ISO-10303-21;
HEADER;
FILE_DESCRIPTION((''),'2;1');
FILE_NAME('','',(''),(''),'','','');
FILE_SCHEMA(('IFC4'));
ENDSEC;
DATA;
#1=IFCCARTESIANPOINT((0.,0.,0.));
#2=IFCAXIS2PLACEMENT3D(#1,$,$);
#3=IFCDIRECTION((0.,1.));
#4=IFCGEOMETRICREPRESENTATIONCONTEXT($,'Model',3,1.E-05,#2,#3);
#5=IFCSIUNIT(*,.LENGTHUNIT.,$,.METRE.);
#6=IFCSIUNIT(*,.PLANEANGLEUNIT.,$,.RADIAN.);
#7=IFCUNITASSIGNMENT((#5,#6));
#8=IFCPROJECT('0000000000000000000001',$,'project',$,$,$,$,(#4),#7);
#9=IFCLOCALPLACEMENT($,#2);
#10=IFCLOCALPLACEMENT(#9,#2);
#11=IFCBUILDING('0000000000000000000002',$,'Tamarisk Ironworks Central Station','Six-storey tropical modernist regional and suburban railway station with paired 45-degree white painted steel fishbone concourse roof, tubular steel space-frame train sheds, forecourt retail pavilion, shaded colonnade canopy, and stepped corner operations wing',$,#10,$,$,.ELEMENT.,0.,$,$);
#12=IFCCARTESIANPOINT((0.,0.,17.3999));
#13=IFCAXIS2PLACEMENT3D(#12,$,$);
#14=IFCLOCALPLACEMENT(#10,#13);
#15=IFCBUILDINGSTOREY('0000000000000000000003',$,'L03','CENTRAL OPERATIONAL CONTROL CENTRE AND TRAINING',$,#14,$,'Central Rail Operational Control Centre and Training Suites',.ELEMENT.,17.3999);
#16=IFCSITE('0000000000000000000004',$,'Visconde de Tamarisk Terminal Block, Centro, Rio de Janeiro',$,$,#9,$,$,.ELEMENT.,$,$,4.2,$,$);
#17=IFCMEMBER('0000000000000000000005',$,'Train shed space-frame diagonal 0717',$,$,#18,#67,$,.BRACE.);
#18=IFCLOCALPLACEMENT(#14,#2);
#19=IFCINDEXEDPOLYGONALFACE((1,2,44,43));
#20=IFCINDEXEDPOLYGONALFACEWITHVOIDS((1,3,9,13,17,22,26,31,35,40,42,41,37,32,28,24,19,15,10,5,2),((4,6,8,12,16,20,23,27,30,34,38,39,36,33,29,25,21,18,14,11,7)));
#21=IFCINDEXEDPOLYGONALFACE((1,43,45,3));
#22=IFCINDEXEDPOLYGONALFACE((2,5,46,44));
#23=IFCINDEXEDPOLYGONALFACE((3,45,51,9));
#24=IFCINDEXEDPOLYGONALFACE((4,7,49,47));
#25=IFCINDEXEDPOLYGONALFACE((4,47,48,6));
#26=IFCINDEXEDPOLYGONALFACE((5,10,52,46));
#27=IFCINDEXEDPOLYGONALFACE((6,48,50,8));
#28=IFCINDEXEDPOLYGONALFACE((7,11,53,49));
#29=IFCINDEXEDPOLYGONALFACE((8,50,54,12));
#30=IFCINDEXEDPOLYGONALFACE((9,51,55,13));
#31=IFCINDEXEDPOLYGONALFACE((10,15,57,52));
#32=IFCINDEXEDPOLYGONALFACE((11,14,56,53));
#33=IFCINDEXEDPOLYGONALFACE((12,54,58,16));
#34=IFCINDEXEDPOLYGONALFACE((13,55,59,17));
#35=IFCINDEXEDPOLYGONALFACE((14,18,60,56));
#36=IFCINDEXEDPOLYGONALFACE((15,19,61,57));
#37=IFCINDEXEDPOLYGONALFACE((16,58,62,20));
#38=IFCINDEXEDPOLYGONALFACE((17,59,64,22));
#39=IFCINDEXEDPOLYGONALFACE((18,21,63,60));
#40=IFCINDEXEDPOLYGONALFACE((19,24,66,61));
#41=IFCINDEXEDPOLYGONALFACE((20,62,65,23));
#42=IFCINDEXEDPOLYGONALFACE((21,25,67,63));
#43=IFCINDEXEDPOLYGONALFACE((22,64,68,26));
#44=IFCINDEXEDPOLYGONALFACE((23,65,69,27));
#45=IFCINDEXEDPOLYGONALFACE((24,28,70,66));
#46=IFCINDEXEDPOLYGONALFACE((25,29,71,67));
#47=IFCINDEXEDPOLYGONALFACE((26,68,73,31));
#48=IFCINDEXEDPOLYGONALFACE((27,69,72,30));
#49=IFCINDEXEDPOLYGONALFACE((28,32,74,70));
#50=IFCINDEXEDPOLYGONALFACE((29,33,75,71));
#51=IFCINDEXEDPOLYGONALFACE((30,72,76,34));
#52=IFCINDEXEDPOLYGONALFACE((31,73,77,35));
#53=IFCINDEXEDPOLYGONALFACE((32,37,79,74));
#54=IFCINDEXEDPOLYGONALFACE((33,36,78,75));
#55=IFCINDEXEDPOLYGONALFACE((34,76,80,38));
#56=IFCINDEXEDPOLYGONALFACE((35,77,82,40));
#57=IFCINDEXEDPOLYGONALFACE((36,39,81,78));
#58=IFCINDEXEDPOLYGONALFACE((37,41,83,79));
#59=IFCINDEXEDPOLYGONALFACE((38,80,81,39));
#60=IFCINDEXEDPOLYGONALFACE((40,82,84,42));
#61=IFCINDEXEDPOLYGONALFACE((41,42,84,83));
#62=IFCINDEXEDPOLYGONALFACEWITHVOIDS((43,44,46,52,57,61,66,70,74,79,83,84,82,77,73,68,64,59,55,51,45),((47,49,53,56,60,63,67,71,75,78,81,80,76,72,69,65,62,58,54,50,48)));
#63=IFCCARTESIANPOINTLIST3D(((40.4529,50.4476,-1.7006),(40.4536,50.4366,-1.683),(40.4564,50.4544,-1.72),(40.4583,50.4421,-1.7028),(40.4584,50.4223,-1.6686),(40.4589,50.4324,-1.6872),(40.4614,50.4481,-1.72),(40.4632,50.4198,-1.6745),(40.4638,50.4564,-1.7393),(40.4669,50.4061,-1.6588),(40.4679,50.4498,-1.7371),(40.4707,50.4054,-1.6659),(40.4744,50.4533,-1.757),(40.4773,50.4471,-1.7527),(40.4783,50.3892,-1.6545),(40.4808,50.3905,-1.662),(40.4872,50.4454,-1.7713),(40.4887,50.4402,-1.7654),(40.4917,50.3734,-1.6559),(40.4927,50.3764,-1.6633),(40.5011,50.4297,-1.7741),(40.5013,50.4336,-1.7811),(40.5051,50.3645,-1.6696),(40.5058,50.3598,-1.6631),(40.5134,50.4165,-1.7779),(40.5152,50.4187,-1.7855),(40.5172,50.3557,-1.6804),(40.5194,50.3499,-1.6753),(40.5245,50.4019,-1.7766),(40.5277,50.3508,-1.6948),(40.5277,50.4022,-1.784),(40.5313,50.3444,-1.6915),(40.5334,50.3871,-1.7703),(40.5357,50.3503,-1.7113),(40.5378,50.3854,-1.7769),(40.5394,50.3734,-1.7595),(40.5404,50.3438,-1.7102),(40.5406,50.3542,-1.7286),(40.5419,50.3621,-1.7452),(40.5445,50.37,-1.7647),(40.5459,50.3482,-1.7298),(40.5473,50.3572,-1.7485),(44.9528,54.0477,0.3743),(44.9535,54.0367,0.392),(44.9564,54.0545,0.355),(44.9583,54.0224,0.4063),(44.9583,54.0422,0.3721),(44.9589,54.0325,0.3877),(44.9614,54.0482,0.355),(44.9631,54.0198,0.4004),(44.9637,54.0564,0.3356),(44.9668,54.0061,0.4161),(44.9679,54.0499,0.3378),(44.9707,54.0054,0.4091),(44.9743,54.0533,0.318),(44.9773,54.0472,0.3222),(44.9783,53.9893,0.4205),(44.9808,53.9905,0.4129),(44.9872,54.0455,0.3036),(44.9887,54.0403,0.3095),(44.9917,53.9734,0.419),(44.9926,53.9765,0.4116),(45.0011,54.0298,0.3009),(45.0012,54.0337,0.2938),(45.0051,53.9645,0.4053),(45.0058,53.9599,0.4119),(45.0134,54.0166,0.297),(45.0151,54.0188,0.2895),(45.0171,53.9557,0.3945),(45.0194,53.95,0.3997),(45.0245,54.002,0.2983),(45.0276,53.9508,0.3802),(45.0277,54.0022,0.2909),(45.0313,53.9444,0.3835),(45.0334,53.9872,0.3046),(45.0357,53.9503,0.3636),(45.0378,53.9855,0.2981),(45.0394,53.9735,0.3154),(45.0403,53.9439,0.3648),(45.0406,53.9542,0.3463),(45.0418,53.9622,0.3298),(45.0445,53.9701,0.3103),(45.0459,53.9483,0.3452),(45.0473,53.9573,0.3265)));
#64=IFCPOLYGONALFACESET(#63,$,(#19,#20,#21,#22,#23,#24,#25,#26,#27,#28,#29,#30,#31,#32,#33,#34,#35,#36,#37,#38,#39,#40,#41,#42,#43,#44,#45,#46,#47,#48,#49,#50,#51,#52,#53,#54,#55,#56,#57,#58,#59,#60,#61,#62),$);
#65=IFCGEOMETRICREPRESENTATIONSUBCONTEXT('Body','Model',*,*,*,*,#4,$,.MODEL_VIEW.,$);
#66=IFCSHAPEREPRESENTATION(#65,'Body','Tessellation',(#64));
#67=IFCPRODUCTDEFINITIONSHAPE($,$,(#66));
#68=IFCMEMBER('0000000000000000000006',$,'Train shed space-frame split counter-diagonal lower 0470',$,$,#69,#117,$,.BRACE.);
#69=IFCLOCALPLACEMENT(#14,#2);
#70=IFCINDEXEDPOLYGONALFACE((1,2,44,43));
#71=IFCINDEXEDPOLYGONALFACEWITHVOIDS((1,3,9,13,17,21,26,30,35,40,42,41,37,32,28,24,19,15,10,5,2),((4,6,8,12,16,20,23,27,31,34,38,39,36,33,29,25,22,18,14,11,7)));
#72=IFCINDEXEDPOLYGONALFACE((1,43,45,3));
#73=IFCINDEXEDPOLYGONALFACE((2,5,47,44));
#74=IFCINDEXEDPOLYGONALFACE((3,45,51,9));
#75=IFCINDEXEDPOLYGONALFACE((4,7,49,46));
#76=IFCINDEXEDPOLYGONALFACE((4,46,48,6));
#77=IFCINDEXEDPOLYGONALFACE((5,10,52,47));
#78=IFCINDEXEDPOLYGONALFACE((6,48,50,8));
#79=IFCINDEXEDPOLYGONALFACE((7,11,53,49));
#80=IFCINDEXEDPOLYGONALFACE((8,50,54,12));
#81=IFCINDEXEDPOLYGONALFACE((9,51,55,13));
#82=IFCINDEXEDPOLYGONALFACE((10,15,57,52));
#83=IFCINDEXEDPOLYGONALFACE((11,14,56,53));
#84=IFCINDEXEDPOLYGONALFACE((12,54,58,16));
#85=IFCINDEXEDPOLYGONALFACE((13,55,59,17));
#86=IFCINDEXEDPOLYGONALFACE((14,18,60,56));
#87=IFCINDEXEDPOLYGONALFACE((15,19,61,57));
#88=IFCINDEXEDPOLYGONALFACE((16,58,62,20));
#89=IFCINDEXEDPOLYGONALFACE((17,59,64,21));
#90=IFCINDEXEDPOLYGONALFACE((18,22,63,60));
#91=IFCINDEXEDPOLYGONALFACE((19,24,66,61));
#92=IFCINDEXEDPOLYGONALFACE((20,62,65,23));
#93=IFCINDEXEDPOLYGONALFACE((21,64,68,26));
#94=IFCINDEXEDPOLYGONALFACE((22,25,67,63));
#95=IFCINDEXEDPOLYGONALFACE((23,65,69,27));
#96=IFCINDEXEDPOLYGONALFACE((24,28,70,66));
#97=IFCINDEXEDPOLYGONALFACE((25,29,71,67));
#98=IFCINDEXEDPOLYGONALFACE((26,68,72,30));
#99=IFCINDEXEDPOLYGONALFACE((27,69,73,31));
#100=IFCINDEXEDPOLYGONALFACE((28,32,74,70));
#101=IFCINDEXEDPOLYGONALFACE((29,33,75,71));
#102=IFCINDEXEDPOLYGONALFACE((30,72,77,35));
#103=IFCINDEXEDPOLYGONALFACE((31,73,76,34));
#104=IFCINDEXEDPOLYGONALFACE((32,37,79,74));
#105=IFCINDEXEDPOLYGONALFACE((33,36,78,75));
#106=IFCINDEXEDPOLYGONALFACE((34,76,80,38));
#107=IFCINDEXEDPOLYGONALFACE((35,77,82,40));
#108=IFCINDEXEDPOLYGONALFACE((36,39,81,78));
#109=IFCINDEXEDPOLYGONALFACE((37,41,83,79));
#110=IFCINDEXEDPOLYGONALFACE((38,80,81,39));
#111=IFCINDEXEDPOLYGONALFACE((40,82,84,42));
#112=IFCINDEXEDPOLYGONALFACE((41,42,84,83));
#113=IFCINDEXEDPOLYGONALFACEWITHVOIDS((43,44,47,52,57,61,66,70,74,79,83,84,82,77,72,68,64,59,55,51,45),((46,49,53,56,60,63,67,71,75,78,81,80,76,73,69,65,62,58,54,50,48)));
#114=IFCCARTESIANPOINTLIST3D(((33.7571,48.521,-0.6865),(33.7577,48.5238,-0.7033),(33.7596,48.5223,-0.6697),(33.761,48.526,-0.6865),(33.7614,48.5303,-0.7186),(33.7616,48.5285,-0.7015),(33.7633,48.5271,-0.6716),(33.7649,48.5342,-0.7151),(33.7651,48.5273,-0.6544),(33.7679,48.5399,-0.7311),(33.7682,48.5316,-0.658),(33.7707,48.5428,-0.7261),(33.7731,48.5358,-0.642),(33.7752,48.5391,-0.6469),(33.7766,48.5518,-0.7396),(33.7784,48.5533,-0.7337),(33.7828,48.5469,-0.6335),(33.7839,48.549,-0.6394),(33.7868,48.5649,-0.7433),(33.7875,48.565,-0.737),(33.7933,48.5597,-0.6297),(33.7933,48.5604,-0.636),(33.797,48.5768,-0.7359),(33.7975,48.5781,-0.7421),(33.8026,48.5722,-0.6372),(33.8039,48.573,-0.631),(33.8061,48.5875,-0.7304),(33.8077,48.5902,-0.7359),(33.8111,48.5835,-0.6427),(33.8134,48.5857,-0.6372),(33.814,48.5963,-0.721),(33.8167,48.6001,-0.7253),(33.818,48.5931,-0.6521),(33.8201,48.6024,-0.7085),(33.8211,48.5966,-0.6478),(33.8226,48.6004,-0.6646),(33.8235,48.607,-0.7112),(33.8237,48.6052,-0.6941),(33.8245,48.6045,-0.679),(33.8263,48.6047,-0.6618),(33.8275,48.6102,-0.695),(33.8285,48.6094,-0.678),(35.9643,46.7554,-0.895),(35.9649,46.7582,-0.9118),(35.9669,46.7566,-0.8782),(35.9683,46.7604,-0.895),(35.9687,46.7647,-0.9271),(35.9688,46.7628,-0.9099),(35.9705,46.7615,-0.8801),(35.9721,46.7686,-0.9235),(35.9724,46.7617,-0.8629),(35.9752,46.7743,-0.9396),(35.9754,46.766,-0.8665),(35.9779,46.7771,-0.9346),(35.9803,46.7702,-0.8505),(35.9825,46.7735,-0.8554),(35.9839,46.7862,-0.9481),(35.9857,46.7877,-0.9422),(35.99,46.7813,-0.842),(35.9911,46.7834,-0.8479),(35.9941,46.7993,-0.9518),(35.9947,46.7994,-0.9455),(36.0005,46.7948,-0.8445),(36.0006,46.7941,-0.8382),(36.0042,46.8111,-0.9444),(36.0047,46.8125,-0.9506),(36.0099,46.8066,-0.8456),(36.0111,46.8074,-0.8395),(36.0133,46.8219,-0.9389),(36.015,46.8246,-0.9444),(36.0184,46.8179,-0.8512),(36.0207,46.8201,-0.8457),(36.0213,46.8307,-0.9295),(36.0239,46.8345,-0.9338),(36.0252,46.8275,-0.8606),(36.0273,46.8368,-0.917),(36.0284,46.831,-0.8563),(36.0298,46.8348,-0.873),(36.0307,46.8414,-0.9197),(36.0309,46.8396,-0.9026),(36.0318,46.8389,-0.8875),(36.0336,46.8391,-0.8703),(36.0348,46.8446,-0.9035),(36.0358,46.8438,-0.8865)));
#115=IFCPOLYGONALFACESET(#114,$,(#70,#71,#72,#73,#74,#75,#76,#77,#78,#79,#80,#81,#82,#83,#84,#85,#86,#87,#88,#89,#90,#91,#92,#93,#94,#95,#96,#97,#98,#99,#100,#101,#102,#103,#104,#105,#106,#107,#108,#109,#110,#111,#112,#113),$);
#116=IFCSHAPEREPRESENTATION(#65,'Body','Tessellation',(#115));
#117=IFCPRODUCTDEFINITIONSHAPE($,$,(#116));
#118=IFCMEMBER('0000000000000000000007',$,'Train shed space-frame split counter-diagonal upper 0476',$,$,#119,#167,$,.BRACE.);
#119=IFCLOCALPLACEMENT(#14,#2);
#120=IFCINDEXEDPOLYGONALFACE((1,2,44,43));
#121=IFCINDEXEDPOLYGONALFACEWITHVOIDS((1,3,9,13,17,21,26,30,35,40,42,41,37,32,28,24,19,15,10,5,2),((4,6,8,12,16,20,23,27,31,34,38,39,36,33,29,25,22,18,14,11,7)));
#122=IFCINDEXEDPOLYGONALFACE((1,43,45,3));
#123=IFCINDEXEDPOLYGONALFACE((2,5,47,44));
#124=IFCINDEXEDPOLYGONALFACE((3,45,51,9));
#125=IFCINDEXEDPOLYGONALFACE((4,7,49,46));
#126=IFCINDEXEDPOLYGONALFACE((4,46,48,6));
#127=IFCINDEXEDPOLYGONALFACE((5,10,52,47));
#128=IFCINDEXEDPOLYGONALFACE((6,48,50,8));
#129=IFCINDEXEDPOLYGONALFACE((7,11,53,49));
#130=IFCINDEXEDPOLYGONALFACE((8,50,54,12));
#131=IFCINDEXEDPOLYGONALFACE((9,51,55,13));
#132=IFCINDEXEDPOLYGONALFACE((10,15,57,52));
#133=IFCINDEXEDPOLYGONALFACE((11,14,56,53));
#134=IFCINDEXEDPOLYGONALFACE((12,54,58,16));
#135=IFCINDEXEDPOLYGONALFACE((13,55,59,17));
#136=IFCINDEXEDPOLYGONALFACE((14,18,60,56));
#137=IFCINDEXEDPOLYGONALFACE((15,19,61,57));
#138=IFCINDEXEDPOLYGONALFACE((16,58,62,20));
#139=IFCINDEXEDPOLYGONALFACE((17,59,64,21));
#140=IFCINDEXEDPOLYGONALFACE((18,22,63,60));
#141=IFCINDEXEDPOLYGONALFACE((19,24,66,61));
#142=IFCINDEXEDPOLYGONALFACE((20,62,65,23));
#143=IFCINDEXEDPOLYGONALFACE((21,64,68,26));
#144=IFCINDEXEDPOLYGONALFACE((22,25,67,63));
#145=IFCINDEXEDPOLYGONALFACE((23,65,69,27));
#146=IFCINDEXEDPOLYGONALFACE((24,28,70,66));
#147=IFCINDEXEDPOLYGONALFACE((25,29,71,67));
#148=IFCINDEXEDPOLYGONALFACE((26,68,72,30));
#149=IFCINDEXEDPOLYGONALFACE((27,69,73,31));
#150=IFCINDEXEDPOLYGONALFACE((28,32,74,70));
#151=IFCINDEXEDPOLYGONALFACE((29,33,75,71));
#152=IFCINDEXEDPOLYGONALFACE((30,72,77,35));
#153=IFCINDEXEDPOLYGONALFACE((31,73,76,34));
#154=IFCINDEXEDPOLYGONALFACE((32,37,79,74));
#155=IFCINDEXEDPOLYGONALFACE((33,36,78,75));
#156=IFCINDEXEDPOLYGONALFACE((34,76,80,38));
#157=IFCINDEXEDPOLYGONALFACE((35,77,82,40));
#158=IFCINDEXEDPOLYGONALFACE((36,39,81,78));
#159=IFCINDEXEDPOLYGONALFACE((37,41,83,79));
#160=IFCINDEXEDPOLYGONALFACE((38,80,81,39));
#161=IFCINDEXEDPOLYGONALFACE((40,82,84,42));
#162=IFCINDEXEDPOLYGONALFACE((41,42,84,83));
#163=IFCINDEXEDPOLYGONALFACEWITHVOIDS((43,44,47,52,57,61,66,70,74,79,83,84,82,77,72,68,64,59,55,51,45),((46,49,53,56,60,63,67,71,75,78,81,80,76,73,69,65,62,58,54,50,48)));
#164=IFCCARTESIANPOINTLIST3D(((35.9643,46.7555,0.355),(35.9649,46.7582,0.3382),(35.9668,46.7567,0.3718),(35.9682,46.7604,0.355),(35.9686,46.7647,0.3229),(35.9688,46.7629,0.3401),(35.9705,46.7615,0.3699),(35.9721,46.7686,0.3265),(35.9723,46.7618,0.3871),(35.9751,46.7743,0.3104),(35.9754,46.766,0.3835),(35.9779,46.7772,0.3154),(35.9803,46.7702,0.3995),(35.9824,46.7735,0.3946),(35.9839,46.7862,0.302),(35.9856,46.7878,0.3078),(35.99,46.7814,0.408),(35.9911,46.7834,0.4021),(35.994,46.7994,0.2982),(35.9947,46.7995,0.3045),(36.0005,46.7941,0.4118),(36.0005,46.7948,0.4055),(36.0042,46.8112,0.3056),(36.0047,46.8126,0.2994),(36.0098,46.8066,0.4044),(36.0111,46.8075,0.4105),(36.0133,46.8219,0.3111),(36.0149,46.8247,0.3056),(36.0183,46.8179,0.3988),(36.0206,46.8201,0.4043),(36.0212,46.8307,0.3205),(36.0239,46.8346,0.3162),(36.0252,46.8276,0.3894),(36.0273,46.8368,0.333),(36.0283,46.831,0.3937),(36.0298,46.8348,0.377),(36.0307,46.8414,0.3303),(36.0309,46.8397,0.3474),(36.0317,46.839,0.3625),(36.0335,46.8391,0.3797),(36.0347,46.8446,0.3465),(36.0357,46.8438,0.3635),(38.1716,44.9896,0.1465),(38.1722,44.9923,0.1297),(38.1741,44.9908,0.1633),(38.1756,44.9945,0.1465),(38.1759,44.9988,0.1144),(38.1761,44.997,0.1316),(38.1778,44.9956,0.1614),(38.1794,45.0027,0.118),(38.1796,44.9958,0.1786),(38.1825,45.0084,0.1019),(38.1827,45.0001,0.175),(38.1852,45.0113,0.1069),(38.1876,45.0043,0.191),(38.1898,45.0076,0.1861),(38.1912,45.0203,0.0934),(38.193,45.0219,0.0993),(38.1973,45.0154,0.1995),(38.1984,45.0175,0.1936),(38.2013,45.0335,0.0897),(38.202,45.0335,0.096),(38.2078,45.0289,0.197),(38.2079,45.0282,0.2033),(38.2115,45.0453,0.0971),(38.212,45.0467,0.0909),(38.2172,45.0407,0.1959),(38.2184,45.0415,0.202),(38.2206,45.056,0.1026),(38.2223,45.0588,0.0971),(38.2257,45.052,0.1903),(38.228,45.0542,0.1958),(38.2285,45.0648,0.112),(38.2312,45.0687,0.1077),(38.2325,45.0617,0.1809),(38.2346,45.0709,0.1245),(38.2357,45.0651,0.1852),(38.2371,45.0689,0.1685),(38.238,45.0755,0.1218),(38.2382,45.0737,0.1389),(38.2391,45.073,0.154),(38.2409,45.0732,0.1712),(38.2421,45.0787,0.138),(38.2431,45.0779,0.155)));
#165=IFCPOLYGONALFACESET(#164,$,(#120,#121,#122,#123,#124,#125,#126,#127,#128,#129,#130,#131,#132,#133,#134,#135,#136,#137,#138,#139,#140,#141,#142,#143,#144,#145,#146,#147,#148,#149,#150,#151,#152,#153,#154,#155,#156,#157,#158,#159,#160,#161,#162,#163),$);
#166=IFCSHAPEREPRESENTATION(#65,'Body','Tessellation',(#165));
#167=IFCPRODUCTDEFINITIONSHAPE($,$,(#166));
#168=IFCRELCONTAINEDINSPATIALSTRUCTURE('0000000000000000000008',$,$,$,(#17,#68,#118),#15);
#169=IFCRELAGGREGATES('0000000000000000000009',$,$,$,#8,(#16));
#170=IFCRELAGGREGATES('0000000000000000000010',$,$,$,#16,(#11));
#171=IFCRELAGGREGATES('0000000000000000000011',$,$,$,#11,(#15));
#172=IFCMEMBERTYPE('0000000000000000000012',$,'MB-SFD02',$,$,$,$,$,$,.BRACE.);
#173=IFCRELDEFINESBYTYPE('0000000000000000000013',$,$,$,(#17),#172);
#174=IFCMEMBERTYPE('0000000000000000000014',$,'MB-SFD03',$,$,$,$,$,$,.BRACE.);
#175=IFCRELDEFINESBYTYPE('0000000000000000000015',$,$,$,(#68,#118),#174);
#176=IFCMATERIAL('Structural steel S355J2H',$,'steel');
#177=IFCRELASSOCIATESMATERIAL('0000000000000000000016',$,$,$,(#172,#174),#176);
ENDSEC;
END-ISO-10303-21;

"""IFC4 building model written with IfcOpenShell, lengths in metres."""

from ifc_helpers import new_model, si_unit, direction, frame, origin, origin_2d, place, context, subcontext, project, spatial, hollow_circle, extrude, material, material_profile, profile_set, type_object, element, save


model = new_model("IFC4")

# Units and contexts
model_context = context("Model", 3, precision=1e-05, world=origin(), true_north=direction((0.0, 1.0)))
body_context = subcontext(model_context, "Body", "Model", "MODEL_VIEW")
ifc_project = project(units=[si_unit("LENGTHUNIT", "METRE"), si_unit("PLANEANGLEUNIT", "RADIAN")], contexts=[model_context])

# Site, building, storey
site_placement = place(None, origin())
site = spatial("IfcSite", under=ifc_project, at=site_placement, Name="Visconde de Tamarisk Terminal Block, Centro, Rio de Janeiro", CompositionType="ELEMENT", RefElevation=4.2)
building_placement = place(site_placement, origin())
building = spatial("IfcBuilding", under=site, at=building_placement, Name="Tamarisk Ironworks Central Station", Description="Six-storey tropical modernist regional and suburban railway station with paired 45-degree white painted steel fishbone concourse roof, tubular steel space-frame train sheds, forecourt retail pavilion, shaded colonnade canopy, and stepped corner operations wing", CompositionType="ELEMENT", ElevationOfRefHeight=0.0)
storey_placement = place(building_placement, frame((0.0, 0.0, 17.3999)))
storey = spatial("IfcBuildingStorey", under=building, at=storey_placement, Name="L03", Description="CENTRAL OPERATIONAL CONTROL CENTRE AND TRAINING", LongName="Central Rail Operational Control Centre and Training Suites", CompositionType="ELEMENT", Elevation=17.3999)

# Members
ifc_material_1 = material(Name="Structural steel S355J2H", Category="steel")
ifc_material_profile_1 = material_profile(ifc_material_1, hollow_circle(Radius=0.0698, WallThickness=0.0081, at=origin_2d()), Name="CHS 139.7x8")
ifc_profile_set_1 = profile_set([ifc_material_profile_1], Name="Structural steel S355J2H")
member_type_1 = type_object("IfcMemberType", Name="MB-SFD02", PredefinedType="BRACE", material=ifc_profile_set_1)
member_1_placement = place(storey_placement, frame((40.5, 50.3999, -1.72), z_axis=(0.734689, 0.587767, 0.338765), x_axis=(-0.624705, 0.780861, 0.0)))
element("IfcMember", 1, at=member_1_placement, inside=storey, type_object=member_type_1, Name="Train shed space-frame diagonal 0717", PredefinedType="BRACE", context=body_context, shape_type="SweptSolid", body=[
    extrude(hollow_circle(Radius=0.0698, WallThickness=0.0081, at=origin_2d()), origin(), (0.0, 0.0, 1.0), 6.125),
])
ifc_material_profile_2 = material_profile(ifc_material_1, hollow_circle(Radius=0.0571, WallThickness=0.0063, at=origin_2d()), Name="CHS 114.3x6.3")
ifc_profile_set_2 = profile_set([ifc_material_profile_2], Name="Structural steel S355J2H")
member_type_2 = type_object("IfcMemberType", Name="MB-SFD03", PredefinedType="BRACE", material=ifc_profile_set_2)
member_2_placement = place(storey_placement, frame((36.0, 46.8, -0.895), z_axis=(-0.778787, 0.62296, 0.073563), x_axis=(-0.624653, -0.780903, 0.0)))
element("IfcMember", 2, at=member_2_placement, inside=storey, type_object=member_type_2, Name="Train shed space-frame split counter-diagonal lower 0470", PredefinedType="BRACE", context=body_context, shape_type="SweptSolid", body=[
    extrude(hollow_circle(Radius=0.0571, WallThickness=0.0063, at=origin_2d()), origin(), (0.0, 0.0, 1.0), 2.8342),
])
member_3_placement = place(storey_placement, frame((38.2073, 45.0342, 0.1465), z_axis=(-0.778745, 0.623013, 0.073559), x_axis=(-0.624706, -0.78086, 0.0)))
element("IfcMember", 3, at=member_3_placement, inside=storey, type_object=member_type_2, Name="Train shed space-frame split counter-diagonal upper 0476", PredefinedType="BRACE", context=body_context, shape_type="SweptSolid", body=[
    extrude(hollow_circle(Radius=0.0571, WallThickness=0.0063, at=origin_2d()), origin(), (0.0, 0.0, 1.0), 2.8345),
])

save(model, "model.ifc")
